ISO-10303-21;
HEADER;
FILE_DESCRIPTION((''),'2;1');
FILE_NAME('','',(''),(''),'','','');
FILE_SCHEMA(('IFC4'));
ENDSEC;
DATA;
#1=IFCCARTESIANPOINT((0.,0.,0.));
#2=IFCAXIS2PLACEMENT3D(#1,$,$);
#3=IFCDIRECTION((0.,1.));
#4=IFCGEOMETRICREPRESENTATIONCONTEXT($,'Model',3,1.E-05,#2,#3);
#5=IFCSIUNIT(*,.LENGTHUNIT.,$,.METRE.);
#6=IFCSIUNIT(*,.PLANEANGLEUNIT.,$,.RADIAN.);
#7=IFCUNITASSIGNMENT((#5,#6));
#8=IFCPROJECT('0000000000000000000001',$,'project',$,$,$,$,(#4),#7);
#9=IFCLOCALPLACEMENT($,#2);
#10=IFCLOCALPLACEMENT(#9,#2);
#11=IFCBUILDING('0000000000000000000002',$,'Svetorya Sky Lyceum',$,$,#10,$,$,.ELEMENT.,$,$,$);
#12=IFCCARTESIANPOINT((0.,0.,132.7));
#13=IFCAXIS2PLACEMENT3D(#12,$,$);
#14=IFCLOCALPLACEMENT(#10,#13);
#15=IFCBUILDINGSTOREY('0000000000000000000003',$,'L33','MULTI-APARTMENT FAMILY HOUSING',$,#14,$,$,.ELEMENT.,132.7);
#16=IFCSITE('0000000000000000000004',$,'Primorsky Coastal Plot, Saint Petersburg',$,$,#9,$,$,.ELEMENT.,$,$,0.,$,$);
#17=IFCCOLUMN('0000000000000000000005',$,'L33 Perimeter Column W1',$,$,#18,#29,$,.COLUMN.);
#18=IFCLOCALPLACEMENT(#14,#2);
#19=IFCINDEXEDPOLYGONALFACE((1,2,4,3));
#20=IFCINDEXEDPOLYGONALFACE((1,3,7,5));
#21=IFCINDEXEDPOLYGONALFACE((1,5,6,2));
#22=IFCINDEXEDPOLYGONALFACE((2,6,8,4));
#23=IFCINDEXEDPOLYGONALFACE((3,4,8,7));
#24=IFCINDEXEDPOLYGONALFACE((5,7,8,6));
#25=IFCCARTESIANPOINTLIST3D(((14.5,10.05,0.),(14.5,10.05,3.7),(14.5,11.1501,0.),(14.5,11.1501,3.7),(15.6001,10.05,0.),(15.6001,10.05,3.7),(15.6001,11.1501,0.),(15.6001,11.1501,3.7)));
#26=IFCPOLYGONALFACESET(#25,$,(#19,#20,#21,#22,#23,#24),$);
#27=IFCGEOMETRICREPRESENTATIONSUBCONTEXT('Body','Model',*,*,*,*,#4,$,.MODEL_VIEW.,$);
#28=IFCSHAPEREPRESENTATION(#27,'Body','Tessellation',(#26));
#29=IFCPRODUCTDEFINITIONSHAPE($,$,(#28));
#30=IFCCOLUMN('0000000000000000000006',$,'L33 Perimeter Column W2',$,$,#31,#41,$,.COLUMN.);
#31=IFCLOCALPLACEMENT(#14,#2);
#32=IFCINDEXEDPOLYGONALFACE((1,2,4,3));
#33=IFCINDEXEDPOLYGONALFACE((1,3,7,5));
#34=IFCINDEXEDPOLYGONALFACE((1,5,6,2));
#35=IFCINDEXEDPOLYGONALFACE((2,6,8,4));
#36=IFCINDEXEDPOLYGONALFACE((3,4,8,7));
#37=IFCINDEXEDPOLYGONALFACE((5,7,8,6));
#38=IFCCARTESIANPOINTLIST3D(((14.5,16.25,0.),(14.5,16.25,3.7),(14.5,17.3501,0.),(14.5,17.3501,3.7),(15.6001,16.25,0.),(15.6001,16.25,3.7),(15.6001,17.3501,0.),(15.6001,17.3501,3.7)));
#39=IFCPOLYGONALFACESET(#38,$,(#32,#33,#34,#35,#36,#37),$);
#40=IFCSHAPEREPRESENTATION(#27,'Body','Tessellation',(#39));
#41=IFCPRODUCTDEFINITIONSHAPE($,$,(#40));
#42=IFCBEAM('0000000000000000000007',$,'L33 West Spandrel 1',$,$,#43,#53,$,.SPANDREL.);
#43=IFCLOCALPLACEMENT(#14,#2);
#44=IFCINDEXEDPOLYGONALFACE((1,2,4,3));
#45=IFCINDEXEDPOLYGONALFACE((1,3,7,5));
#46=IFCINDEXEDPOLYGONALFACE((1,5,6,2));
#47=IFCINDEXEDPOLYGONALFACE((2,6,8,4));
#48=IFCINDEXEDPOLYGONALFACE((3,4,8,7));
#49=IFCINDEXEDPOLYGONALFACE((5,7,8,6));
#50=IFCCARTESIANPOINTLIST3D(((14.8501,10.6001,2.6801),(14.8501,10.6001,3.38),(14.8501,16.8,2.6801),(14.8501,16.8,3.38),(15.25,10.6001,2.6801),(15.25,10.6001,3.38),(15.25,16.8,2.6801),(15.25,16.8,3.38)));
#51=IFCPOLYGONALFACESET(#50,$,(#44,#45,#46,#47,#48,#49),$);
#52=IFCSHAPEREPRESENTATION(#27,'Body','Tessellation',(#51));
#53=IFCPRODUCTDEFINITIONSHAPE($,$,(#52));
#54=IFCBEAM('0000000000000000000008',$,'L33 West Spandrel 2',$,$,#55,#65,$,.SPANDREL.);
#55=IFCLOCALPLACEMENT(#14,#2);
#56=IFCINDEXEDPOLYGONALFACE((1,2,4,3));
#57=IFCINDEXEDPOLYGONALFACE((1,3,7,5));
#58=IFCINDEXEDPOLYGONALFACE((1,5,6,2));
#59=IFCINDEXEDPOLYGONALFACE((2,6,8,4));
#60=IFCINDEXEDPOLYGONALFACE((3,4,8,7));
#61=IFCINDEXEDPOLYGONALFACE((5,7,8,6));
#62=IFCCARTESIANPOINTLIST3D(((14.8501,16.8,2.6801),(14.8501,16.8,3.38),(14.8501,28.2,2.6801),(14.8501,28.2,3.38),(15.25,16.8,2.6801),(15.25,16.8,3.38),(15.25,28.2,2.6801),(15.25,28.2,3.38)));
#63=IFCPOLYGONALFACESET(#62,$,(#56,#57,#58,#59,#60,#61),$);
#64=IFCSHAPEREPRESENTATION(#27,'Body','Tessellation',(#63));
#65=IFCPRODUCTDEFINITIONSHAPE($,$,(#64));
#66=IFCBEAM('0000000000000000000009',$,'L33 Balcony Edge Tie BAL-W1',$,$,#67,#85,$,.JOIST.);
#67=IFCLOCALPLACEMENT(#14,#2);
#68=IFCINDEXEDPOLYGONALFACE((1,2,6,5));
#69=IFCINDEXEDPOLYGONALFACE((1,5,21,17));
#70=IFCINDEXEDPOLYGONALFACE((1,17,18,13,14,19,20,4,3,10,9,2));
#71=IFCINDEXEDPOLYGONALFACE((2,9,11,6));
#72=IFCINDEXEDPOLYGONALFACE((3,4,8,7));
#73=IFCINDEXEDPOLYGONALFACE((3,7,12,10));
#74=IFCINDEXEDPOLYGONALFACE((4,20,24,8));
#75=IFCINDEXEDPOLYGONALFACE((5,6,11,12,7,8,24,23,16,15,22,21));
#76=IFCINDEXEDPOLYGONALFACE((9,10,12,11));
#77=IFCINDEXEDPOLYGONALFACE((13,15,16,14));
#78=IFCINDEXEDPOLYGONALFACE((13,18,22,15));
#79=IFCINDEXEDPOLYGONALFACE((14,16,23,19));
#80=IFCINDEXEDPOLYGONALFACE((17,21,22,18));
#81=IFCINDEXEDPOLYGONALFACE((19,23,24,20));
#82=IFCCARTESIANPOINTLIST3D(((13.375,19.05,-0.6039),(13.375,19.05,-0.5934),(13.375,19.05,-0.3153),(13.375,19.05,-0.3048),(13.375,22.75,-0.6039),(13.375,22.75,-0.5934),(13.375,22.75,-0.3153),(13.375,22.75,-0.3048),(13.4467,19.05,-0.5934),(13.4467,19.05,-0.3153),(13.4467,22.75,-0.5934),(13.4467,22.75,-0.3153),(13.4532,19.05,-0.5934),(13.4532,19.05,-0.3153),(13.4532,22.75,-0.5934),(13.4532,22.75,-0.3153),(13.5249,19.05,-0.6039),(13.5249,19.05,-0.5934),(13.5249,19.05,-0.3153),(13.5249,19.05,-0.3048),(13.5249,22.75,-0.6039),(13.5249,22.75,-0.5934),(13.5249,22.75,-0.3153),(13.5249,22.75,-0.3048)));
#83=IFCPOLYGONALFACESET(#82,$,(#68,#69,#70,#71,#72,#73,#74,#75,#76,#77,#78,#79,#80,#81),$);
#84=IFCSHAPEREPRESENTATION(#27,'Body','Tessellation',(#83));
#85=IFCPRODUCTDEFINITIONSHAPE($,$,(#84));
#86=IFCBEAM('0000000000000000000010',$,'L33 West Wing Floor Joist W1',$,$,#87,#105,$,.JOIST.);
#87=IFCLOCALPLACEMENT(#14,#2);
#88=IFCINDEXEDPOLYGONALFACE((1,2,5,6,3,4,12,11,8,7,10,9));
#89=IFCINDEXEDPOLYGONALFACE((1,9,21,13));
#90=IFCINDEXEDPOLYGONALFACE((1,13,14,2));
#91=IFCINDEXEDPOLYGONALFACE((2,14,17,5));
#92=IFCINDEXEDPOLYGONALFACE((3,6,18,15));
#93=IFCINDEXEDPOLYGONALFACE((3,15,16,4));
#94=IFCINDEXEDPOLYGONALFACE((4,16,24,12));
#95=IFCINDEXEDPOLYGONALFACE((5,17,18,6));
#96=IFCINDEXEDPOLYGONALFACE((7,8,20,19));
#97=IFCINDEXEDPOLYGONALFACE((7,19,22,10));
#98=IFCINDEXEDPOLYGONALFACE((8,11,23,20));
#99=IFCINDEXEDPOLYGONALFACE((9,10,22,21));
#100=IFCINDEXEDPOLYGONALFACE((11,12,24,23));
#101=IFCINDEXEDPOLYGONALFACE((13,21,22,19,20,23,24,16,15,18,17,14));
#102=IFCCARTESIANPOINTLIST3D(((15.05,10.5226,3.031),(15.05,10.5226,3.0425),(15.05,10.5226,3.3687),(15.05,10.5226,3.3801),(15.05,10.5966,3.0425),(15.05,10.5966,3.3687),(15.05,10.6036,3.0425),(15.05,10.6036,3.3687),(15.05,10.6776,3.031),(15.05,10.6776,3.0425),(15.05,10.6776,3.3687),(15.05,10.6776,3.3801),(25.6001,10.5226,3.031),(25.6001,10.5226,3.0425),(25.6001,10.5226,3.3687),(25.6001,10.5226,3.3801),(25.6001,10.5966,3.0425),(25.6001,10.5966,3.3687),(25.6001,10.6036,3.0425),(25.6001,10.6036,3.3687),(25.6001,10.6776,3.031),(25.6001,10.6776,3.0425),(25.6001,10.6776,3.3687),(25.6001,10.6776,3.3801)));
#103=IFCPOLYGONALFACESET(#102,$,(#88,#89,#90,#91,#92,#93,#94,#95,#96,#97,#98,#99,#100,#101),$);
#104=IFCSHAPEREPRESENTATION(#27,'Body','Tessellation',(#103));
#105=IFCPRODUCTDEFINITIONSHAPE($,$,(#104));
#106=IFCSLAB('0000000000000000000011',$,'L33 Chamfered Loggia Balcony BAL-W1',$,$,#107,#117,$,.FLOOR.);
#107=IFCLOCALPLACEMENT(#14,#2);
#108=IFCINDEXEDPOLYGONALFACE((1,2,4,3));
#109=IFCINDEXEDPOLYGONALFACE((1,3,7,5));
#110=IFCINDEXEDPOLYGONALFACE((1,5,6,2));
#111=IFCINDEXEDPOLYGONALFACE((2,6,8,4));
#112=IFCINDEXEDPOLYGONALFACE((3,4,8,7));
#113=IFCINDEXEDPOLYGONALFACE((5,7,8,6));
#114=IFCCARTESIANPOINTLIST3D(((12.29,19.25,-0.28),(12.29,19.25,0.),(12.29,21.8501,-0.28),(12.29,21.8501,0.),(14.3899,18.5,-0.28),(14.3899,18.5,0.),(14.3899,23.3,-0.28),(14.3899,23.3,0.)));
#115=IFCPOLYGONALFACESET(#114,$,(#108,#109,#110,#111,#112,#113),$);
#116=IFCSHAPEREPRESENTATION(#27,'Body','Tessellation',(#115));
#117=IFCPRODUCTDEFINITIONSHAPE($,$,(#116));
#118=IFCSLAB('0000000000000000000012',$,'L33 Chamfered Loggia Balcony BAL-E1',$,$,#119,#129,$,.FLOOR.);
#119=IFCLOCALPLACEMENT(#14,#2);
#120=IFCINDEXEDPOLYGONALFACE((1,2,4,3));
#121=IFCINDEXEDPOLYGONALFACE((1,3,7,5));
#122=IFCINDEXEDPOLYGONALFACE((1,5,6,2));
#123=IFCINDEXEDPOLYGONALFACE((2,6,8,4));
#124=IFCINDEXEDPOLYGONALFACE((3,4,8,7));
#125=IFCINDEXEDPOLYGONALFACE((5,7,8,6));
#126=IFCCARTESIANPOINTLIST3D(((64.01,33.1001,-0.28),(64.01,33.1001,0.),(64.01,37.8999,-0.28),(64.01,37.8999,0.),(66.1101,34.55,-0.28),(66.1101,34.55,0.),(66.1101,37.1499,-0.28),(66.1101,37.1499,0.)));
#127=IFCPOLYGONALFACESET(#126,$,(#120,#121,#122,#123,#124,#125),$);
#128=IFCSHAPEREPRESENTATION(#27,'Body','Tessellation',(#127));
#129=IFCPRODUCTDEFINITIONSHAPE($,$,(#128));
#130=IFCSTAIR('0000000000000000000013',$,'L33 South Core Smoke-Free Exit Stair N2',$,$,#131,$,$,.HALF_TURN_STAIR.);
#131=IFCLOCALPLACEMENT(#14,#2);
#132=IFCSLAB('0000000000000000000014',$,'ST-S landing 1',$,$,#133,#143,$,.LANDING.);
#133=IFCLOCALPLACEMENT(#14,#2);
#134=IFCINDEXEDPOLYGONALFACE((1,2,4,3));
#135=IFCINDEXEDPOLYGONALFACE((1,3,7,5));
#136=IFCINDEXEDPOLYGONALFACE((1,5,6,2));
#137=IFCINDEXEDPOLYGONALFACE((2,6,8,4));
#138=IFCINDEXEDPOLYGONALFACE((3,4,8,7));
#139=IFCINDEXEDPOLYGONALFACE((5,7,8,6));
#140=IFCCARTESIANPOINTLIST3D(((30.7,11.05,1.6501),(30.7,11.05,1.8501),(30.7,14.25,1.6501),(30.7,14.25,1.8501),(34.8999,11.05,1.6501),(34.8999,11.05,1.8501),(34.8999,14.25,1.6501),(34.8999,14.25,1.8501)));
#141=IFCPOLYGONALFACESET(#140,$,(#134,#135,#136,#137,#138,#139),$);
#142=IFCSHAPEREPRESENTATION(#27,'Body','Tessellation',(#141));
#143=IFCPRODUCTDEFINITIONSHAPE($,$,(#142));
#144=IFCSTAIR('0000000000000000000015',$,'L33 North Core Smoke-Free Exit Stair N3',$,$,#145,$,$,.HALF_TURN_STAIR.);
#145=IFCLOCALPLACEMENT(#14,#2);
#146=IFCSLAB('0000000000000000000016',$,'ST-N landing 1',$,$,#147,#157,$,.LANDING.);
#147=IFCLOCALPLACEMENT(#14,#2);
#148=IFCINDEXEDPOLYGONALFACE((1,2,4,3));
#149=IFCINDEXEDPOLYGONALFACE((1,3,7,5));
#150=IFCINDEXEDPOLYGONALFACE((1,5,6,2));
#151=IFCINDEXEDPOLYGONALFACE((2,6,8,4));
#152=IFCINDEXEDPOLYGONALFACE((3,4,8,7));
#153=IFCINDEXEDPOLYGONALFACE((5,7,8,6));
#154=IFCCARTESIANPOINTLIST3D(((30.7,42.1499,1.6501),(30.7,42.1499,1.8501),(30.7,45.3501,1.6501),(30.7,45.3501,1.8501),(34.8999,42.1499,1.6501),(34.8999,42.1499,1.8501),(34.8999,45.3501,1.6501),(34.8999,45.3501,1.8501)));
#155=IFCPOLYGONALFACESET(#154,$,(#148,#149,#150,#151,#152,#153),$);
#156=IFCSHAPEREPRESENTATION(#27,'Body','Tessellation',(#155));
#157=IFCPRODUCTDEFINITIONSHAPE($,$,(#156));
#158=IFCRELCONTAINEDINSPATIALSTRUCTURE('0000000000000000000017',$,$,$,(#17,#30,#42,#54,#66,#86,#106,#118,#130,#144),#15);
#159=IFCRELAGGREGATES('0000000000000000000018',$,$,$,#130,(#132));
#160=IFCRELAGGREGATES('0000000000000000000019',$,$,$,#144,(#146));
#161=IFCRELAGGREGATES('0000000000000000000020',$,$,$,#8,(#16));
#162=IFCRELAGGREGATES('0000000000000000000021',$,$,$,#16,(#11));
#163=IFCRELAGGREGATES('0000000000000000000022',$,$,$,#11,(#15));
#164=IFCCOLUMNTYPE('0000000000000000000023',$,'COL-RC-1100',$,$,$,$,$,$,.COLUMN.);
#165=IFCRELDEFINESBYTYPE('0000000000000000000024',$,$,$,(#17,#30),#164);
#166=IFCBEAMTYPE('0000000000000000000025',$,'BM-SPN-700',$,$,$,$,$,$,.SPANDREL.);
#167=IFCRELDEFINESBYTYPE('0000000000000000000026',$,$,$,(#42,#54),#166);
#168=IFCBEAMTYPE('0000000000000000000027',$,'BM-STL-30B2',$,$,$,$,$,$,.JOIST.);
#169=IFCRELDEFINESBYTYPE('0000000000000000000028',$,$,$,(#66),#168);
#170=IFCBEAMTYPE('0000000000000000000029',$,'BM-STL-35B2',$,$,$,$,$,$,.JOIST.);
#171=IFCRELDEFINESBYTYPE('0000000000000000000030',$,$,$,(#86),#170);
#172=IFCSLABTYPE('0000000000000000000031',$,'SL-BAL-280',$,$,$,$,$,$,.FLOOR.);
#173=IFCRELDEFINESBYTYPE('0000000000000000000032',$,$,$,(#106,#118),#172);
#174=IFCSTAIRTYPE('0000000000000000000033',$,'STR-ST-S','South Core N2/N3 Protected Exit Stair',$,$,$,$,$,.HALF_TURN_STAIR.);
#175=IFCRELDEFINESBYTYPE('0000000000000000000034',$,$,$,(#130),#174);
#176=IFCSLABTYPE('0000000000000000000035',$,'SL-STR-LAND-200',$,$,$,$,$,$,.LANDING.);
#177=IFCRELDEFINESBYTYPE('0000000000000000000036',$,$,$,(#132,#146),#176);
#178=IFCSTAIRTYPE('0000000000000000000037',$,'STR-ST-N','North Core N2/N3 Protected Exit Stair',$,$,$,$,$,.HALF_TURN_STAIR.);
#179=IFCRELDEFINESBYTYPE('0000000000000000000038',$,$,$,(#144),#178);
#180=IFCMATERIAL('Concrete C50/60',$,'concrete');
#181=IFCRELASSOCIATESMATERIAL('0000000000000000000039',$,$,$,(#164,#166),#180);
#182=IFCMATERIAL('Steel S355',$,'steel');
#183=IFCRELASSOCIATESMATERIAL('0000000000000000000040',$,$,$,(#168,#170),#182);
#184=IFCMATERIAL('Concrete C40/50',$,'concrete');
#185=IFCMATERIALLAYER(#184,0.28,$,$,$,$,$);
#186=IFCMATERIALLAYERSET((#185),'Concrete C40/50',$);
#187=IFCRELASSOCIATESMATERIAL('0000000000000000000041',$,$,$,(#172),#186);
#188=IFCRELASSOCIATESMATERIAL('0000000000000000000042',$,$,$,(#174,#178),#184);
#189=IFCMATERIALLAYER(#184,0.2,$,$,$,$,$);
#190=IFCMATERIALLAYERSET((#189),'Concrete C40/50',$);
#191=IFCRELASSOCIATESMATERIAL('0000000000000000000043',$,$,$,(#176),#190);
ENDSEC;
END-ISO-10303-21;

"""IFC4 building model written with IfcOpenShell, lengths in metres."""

from ifc_helpers import new_model, si_unit, direction, frame, origin, origin_2d, place, context, subcontext, project, spatial, polyline, rectangle, i_section, outline, extrude, material, layer, layer_set, material_profile, profile_set, type_object, element, aggregate, save


model = new_model("IFC4")

# Units and contexts
model_context = context("Model", 3, precision=1e-05, world=origin(), true_north=direction((0.0, 1.0)))
body_context = subcontext(model_context, "Body", "Model", "MODEL_VIEW")
ifc_project = project(units=[si_unit("LENGTHUNIT", "METRE"), si_unit("PLANEANGLEUNIT", "RADIAN")], contexts=[model_context])

# Site, building, storey
site_placement = place(None, origin())
site = spatial("IfcSite", under=ifc_project, at=site_placement, Name="Primorsky Coastal Plot, Saint Petersburg", CompositionType="ELEMENT", RefElevation=0.0)
building_placement = place(site_placement, origin())
building = spatial("IfcBuilding", under=site, at=building_placement, Name="Svetorya Sky Lyceum", CompositionType="ELEMENT")
storey_placement = place(building_placement, frame((0.0, 0.0, 132.7)))
storey = spatial("IfcBuildingStorey", under=building, at=storey_placement, Name="L33", Description="MULTI-APARTMENT FAMILY HOUSING", CompositionType="ELEMENT", Elevation=132.7)

# Columns
ifc_material_1 = material(Name="Concrete C50/60", Category="concrete")
ifc_material_profile_1 = material_profile(ifc_material_1, rectangle(XDim=1.1001, YDim=1.1001, at=origin_2d()), Name="RC COL 1100x1100")
ifc_profile_set_1 = profile_set([ifc_material_profile_1], Name="Concrete C50/60")
column_type = type_object("IfcColumnType", Name="COL-RC-1100", PredefinedType="COLUMN", material=ifc_profile_set_1)
for number, where, z_axis, x_axis, name in (
    (1, (15.05, 10.6001, 0.0), (0.0, 0.0, 1.0), (1.0, 0.0, 0.0), "L33 Perimeter Column W1"),
    (2, (15.05, 16.8, 0.0), (0.0, 0.0, 1.0), (1.0, 0.0, 0.0), "L33 Perimeter Column W2"),
):
    element("IfcColumn", number, at=place(storey_placement, frame(where, z_axis=z_axis, x_axis=x_axis)), inside=storey, type_object=column_type, Name=name, PredefinedType="COLUMN", context=body_context, shape_type="SweptSolid", body=[
        extrude(rectangle(XDim=1.1001, YDim=1.1001, at=origin_2d()), origin(), (0.0, 0.0, 1.0), 3.7),
    ])

# Beams
ifc_material_profile_2 = material_profile(ifc_material_1, rectangle(XDim=0.3999, YDim=0.7, at=origin_2d()), Name="RC SPANDREL 400x700")
ifc_profile_set_2 = profile_set([ifc_material_profile_2], Name="Concrete C50/60")
beam_type_1 = type_object("IfcBeamType", Name="BM-SPN-700", PredefinedType="SPANDREL", material=ifc_profile_set_2)
beam_1_placement = place(storey_placement, frame((15.05, 10.6001, 3.03), z_axis=(0.0, 1.0, 0.0), x_axis=(-1.0, 0.0, 0.0)))
element("IfcBeam", 3, at=beam_1_placement, inside=storey, type_object=beam_type_1, Name="L33 West Spandrel 1", PredefinedType="SPANDREL", context=body_context, shape_type="SweptSolid", body=[
    extrude(rectangle(XDim=0.3999, YDim=0.7, at=origin_2d()), origin(), (0.0, 0.0, 1.0), 6.2),
])
beam_2_placement = place(storey_placement, frame((15.05, 16.8, 3.03), z_axis=(0.0, 1.0, 0.0), x_axis=(-1.0, 0.0, 0.0)))
element("IfcBeam", 4, at=beam_2_placement, inside=storey, type_object=beam_type_1, Name="L33 West Spandrel 2", PredefinedType="SPANDREL", context=body_context, shape_type="SweptSolid", body=[
    extrude(rectangle(XDim=0.3999, YDim=0.7, at=origin_2d()), origin(), (0.0, 0.0, 1.0), 11.3999),
])
ifc_material_2 = material(Name="Steel S355", Category="steel")
ifc_material_profile_3 = material_profile(ifc_material_2, i_section(OverallWidth=0.1499, OverallDepth=0.2991, WebThickness=0.0066, FlangeThickness=0.0105, at=origin_2d()), Name="GOST 30B2")
ifc_profile_set_3 = profile_set([ifc_material_profile_3], Name="Steel S355")
beam_type_2 = type_object("IfcBeamType", Name="BM-STL-30B2", PredefinedType="JOIST", material=ifc_profile_set_3)
beam_3_placement = place(storey_placement, frame((13.45, 19.05, -0.4543), z_axis=(0.0, 1.0, 0.0), x_axis=(-1.0, 0.0, 0.0)))
element("IfcBeam", 5, at=beam_3_placement, inside=storey, type_object=beam_type_2, Name="L33 Balcony Edge Tie BAL-W1", PredefinedType="JOIST", context=body_context, shape_type="SweptSolid", body=[
    extrude(i_section(OverallWidth=0.1499, OverallDepth=0.2991, WebThickness=0.0066, FlangeThickness=0.0105, at=origin_2d()), origin(), (0.0, 0.0, 1.0), 3.7),
])
ifc_material_profile_4 = material_profile(ifc_material_2, i_section(OverallWidth=0.155, OverallDepth=0.3491, WebThickness=0.0071, FlangeThickness=0.0115, at=origin_2d()), Name="GOST 35B2")
ifc_profile_set_4 = profile_set([ifc_material_profile_4], Name="Steel S355")
beam_type_3 = type_object("IfcBeamType", Name="BM-STL-35B2", PredefinedType="JOIST", material=ifc_profile_set_4)
beam_4_placement = place(storey_placement, frame((15.05, 10.6001, 3.2056), z_axis=(1.0, 0.0, 0.0), x_axis=(0.0, 1.0, 0.0)))
element("IfcBeam", 6, at=beam_4_placement, inside=storey, type_object=beam_type_3, Name="L33 West Wing Floor Joist W1", PredefinedType="JOIST", context=body_context, shape_type="SweptSolid", body=[
    extrude(i_section(OverallWidth=0.155, OverallDepth=0.3491, WebThickness=0.0071, FlangeThickness=0.0115, at=origin_2d()), origin(), (0.0, 0.0, 1.0), 10.55),
])

# Slabs
ifc_material_3 = material(Name="Concrete C40/50", Category="concrete")
ifc_layer_1 = layer(ifc_material_3, 0.28)
ifc_layer_set_1 = layer_set([ifc_layer_1], Name="Concrete C40/50")
slab_type_1 = type_object("IfcSlabType", Name="SL-BAL-280", PredefinedType="FLOOR", material=ifc_layer_set_1)
slab_1_placement = place(storey_placement, frame((0.0, 0.0, -0.28)))
element("IfcSlab", 7, at=slab_1_placement, inside=storey, type_object=slab_type_1, Name="L33 Chamfered Loggia Balcony BAL-W1", PredefinedType="FLOOR", context=body_context, shape_type="SweptSolid", body=[
    extrude(outline(polyline([(14.3899, 18.5), (14.3899, 23.3), (12.29, 21.8501), (12.29, 19.25), (14.3899, 18.5)])), origin(), (0.0, 0.0, 1.0), 0.28),
])
slab_2_placement = place(storey_placement, frame((0.0, 0.0, -0.28)))
element("IfcSlab", 8, at=slab_2_placement, inside=storey, type_object=slab_type_1, Name="L33 Chamfered Loggia Balcony BAL-E1", PredefinedType="FLOOR", context=body_context, shape_type="SweptSolid", body=[
    extrude(outline(polyline([(64.01, 33.1001), (66.1101, 34.55), (66.1101, 37.1499), (64.01, 37.8999), (64.01, 33.1001)])), origin(), (0.0, 0.0, 1.0), 0.28),
])

# Stairs, slabs
stair_type_1 = type_object("IfcStairType", Name="STR-ST-S", Description="South Core N2/N3 Protected Exit Stair", PredefinedType="HALF_TURN_STAIR", material=ifc_material_3)
stair_1_placement = place(storey_placement, origin())
stair_1 = element("IfcStair", 9, at=stair_1_placement, inside=storey, type_object=stair_type_1, Name="L33 South Core Smoke-Free Exit Stair N2", PredefinedType="HALF_TURN_STAIR")
ifc_layer_2 = layer(ifc_material_3, 0.2)
ifc_layer_set_2 = layer_set([ifc_layer_2], Name="Concrete C40/50")
slab_type_2 = type_object("IfcSlabType", Name="SL-STR-LAND-200", PredefinedType="LANDING", material=ifc_layer_set_2)
slab_3_placement = place(storey_placement, frame((0.0, 0.0, 1.6501)))
slab_3 = element("IfcSlab", 10, at=slab_3_placement, type_object=slab_type_2, Name="ST-S landing 1", PredefinedType="LANDING", context=body_context, shape_type="SweptSolid", body=[
    extrude(outline(polyline([(30.7, 11.05), (34.8999, 11.05), (34.8999, 14.25), (30.7, 14.25), (30.7, 11.05)])), origin(), (0.0, 0.0, 1.0), 0.2),
])
aggregate(stair_1, [slab_3])
stair_type_2 = type_object("IfcStairType", Name="STR-ST-N", Description="North Core N2/N3 Protected Exit Stair", PredefinedType="HALF_TURN_STAIR", material=ifc_material_3)
stair_2_placement = place(storey_placement, origin())
stair_2 = element("IfcStair", 11, at=stair_2_placement, inside=storey, type_object=stair_type_2, Name="L33 North Core Smoke-Free Exit Stair N3", PredefinedType="HALF_TURN_STAIR")
slab_4_placement = place(storey_placement, frame((0.0, 0.0, 1.6501)))
slab_4 = element("IfcSlab", 12, at=slab_4_placement, type_object=slab_type_2, Name="ST-N landing 1", PredefinedType="LANDING", context=body_context, shape_type="SweptSolid", body=[
    extrude(outline(polyline([(30.7, 42.1499), (34.8999, 42.1499), (34.8999, 45.3501), (30.7, 45.3501), (30.7, 42.1499)])), origin(), (0.0, 0.0, 1.0), 0.2),
])
aggregate(stair_2, [slab_4])

save(model, "model.ifc")
